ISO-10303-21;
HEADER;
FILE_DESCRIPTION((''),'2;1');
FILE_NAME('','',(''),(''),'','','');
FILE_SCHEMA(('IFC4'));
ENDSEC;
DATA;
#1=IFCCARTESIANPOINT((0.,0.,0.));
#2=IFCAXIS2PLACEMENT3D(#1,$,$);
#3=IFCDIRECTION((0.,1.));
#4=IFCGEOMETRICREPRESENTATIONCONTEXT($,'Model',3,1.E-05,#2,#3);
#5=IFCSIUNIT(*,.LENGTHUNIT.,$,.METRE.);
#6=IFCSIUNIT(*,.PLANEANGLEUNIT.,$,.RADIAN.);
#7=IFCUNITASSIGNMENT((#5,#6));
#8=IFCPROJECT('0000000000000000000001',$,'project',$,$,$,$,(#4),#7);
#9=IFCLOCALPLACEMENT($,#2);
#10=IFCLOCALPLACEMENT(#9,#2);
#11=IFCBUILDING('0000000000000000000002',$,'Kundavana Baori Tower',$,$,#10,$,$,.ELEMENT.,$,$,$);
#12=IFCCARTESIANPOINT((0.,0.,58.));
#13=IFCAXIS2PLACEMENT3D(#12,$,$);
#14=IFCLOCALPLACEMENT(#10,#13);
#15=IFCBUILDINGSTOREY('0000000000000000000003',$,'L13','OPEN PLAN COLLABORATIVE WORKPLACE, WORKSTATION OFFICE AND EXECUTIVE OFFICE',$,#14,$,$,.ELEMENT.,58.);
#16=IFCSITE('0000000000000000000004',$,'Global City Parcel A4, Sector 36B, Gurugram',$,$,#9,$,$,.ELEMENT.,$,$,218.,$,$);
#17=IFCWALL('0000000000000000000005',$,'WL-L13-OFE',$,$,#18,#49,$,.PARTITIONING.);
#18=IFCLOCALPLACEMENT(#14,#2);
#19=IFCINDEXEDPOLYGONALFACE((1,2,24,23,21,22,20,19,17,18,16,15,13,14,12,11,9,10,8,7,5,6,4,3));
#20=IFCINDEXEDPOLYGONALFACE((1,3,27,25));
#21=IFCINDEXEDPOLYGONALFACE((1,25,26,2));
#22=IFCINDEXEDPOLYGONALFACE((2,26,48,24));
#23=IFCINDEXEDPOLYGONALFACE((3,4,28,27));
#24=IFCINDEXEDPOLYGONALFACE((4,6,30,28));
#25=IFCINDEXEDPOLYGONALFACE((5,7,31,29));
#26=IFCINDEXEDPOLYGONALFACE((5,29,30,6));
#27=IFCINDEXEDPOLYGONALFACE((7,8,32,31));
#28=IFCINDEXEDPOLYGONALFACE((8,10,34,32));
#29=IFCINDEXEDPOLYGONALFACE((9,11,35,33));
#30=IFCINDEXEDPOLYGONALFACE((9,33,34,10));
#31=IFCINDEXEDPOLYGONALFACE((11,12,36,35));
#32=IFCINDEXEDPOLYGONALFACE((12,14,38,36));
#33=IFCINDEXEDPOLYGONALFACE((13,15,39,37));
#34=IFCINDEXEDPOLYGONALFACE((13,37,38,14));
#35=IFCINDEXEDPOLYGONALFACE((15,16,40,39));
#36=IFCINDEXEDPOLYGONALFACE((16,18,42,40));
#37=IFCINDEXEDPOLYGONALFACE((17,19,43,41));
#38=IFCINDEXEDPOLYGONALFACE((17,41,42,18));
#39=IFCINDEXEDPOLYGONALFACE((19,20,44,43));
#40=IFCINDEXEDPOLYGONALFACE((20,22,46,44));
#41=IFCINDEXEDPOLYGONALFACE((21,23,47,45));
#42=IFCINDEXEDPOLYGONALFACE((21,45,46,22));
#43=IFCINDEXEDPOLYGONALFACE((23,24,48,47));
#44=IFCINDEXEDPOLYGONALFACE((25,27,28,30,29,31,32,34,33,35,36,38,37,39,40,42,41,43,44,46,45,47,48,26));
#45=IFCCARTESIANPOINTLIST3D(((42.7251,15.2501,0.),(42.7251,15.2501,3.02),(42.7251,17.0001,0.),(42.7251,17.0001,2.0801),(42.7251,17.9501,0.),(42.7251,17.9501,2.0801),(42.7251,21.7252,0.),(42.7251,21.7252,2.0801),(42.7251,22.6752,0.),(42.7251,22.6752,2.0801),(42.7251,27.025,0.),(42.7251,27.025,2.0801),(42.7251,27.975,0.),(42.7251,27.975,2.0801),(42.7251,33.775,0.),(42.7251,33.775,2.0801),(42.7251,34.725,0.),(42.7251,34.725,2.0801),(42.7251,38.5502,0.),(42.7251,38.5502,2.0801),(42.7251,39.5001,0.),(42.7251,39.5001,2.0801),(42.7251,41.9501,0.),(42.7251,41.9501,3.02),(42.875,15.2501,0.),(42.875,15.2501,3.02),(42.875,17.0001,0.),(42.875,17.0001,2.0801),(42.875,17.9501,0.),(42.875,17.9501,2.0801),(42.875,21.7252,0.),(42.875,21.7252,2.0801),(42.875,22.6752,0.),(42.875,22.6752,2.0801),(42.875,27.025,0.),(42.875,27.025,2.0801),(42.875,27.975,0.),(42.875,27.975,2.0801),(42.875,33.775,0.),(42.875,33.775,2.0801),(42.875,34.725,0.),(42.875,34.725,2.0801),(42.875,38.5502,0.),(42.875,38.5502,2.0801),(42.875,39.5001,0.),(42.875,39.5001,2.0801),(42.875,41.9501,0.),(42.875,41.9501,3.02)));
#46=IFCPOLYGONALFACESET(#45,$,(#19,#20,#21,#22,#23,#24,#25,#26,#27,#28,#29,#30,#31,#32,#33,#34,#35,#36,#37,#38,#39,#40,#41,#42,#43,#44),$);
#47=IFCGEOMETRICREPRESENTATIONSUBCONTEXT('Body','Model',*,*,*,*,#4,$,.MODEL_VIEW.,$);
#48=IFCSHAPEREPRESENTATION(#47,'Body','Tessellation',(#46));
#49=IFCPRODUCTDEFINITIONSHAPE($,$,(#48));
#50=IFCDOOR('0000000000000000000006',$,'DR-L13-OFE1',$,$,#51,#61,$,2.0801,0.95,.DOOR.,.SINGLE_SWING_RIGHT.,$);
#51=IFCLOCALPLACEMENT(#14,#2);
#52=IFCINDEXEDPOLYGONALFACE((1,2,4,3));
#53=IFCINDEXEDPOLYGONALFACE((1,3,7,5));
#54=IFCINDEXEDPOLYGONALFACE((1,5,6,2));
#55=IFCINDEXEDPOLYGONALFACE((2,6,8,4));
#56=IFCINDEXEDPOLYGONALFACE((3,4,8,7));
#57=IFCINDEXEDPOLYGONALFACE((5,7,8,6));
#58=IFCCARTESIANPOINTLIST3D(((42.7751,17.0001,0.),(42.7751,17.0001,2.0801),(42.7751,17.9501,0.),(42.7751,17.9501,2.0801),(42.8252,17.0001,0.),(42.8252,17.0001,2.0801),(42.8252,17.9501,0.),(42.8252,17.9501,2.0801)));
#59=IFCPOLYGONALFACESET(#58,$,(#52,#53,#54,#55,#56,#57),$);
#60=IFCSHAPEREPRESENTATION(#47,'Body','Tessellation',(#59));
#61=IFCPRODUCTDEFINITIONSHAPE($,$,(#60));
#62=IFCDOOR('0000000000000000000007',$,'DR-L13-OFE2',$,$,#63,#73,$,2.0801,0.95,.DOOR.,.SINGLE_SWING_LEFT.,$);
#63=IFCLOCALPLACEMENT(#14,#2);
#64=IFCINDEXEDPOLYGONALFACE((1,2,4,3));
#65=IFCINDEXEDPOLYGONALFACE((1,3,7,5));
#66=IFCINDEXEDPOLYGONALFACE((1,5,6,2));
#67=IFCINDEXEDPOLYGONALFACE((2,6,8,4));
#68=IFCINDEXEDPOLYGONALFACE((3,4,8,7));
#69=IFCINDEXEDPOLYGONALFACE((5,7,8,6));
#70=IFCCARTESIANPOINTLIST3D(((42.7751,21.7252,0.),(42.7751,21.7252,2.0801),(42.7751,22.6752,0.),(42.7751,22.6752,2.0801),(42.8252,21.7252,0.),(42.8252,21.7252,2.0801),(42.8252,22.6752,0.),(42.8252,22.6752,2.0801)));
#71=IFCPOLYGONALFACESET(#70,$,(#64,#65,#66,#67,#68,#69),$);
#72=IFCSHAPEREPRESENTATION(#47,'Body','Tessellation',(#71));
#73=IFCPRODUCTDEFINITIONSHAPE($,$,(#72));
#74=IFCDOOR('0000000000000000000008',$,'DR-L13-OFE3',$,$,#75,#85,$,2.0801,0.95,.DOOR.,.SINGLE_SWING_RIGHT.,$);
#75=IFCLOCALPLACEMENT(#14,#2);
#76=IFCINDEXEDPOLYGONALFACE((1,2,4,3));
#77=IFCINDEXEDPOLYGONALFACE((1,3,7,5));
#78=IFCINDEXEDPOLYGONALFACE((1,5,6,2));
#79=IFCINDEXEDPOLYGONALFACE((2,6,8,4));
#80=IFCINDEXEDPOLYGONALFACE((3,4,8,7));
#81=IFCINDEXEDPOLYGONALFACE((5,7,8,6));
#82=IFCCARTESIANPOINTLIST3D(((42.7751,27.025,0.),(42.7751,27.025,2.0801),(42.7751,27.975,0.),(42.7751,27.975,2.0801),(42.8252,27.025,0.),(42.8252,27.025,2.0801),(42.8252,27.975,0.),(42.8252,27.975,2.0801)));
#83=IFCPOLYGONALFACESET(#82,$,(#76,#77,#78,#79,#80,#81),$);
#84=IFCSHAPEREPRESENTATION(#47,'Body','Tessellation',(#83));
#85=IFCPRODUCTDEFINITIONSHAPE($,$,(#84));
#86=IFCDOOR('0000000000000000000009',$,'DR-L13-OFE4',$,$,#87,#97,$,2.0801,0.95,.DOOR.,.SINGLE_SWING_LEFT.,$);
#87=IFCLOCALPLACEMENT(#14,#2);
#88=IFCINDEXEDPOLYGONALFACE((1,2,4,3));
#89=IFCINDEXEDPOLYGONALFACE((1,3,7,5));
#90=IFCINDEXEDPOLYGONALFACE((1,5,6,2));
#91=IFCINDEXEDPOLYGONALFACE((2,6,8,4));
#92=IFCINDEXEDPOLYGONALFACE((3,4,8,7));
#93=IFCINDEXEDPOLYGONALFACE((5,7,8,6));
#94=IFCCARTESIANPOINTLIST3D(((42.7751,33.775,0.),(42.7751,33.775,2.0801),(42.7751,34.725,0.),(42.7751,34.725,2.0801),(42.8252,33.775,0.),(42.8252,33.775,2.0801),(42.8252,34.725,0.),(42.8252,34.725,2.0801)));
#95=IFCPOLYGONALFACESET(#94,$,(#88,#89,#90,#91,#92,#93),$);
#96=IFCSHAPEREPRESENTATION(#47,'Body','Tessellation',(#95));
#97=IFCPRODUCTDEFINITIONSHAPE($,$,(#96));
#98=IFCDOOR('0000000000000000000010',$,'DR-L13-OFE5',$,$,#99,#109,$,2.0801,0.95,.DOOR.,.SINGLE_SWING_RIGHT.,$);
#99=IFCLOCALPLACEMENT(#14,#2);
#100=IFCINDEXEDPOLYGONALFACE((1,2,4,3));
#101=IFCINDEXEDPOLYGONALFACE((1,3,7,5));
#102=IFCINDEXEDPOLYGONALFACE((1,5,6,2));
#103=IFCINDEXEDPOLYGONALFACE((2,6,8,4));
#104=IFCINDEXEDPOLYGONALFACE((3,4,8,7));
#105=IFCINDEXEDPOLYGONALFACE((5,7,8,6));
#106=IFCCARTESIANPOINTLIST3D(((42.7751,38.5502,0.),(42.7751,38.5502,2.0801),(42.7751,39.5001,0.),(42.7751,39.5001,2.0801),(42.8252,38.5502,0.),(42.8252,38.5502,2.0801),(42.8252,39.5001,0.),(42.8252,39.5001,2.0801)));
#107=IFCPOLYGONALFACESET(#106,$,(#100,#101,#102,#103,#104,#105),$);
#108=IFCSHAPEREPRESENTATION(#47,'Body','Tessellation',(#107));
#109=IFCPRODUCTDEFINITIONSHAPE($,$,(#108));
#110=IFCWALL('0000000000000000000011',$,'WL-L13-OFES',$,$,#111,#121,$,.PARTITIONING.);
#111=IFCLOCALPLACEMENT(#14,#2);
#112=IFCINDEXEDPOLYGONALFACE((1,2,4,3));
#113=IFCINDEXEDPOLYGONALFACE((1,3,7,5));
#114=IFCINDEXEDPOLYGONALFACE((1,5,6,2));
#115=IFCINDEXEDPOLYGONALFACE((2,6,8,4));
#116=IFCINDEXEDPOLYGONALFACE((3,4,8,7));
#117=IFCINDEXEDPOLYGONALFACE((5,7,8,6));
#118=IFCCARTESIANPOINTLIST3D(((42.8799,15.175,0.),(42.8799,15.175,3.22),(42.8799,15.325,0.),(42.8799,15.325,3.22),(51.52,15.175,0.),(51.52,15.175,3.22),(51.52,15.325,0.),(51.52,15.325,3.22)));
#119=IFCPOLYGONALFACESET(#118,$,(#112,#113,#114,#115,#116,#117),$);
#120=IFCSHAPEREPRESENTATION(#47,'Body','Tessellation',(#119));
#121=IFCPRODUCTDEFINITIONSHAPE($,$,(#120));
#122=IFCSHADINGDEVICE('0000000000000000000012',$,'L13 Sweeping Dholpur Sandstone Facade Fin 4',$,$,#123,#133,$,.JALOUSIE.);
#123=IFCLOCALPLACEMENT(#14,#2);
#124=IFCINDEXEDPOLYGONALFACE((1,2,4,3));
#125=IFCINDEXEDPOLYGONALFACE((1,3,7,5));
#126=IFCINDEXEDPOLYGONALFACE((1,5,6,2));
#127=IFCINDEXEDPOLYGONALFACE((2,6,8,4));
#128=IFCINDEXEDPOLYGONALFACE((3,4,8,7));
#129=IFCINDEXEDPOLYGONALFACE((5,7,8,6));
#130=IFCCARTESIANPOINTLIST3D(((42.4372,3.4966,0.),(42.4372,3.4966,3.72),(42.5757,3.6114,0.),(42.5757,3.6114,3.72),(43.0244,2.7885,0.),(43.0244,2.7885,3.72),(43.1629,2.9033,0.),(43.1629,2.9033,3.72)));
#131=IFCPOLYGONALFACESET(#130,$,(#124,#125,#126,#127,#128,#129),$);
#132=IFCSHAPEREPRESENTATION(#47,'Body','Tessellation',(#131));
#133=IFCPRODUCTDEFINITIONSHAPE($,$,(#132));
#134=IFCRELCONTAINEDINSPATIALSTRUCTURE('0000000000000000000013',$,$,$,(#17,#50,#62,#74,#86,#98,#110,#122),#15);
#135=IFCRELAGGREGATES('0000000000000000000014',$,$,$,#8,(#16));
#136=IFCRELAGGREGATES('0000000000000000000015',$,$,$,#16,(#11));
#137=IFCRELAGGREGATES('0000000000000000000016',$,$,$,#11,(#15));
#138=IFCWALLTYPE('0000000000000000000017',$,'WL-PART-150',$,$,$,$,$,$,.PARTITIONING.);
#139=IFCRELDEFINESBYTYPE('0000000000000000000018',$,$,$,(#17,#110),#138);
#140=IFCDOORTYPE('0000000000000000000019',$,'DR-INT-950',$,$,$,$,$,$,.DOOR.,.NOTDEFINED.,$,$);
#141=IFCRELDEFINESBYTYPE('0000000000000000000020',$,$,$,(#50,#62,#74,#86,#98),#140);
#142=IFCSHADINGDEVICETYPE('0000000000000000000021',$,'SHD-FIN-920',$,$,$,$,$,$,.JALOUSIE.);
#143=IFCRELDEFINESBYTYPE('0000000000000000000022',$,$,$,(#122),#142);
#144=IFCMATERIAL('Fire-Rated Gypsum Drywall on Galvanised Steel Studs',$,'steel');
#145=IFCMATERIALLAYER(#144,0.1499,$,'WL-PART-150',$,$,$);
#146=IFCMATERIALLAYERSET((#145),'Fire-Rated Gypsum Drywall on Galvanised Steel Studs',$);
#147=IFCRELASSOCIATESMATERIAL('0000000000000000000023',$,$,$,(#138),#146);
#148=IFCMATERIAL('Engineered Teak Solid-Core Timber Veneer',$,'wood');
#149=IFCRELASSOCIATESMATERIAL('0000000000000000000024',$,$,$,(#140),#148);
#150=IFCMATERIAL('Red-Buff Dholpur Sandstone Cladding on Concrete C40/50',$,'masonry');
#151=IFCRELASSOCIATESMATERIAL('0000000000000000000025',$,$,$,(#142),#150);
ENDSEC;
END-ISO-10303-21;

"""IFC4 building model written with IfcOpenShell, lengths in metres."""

from ifc_helpers import new_model, si_unit, direction, frame, frame_2d, origin, origin_2d, place, context, subcontext, project, spatial, rectangle, extrude, material, layer, layer_set, type_object, element, fill, save


model = new_model("IFC4")

# Units and contexts
model_context = context("Model", 3, precision=1e-05, world=origin(), true_north=direction((0.0, 1.0)))
body_context = subcontext(model_context, "Body", "Model", "MODEL_VIEW")
ifc_project = project(units=[si_unit("LENGTHUNIT", "METRE"), si_unit("PLANEANGLEUNIT", "RADIAN")], contexts=[model_context])

# Site, building, storey
site_placement = place(None, origin())
site = spatial("IfcSite", under=ifc_project, at=site_placement, Name="Global City Parcel A4, Sector 36B, Gurugram", CompositionType="ELEMENT", RefElevation=218.0)
building_placement = place(site_placement, origin())
building = spatial("IfcBuilding", under=site, at=building_placement, Name="Kundavana Baori Tower", CompositionType="ELEMENT")
storey_placement = place(building_placement, frame((0.0, 0.0, 58.0)))
storey = spatial("IfcBuildingStorey", under=building, at=storey_placement, Name="L13", Description="OPEN PLAN COLLABORATIVE WORKPLACE, WORKSTATION OFFICE AND EXECUTIVE OFFICE", CompositionType="ELEMENT", Elevation=58.0)

# Shared definitions
ifc_material_1 = material(Name="Fire-Rated Gypsum Drywall on Galvanised Steel Studs", Category="steel")
ifc_layer_1 = layer(ifc_material_1, 0.1499, Name="WL-PART-150")
ifc_layer_set_1 = layer_set([ifc_layer_1], Name="Fire-Rated Gypsum Drywall on Galvanised Steel Studs")
wall_type_1 = type_object("IfcWallType", Name="WL-PART-150", PredefinedType="PARTITIONING", material=ifc_layer_set_1)

# Wall, openings, doors
wall_1_placement = place(storey_placement, frame((42.8, 15.25, 0.0), z_axis=(0.0, 0.0, 1.0), x_axis=(0.0, 1.0, 0.0)))
wall_1 = element("IfcWall", 1, at=wall_1_placement, inside=storey, type_object=wall_type_1, Name="WL-L13-OFE", PredefinedType="PARTITIONING", context=body_context, shape_type="SweptSolid", body=[
    extrude(rectangle(XDim=26.7, YDim=0.1499, at=frame_2d((13.3501, 0.0))), origin(), (0.0, 0.0, 1.0), 3.02),
])
opening_1_placement = place(wall_1_placement, frame((1.75, 0.0, 0.0)))
opening_1 = element("IfcOpeningElement", 2, at=opening_1_placement, cuts=wall_1, PredefinedType="OPENING", context=body_context, shape_type="SweptSolid", body=[
    extrude(rectangle(XDim=0.95, YDim=2.0801, at=frame_2d((0.4751, 1.04))), frame((0.0, 0.085, 0.0), z_axis=(0.0, -1.0, 0.0), x_axis=(1.0, 0.0, 0.0)), (0.0, 0.0, 1.0), 0.1699),
])
opening_2_placement = place(wall_1_placement, frame((6.4751, 0.0, 0.0)))
opening_2 = element("IfcOpeningElement", 3, at=opening_2_placement, cuts=wall_1, PredefinedType="OPENING", context=body_context, shape_type="SweptSolid", body=[
    extrude(rectangle(XDim=0.95, YDim=2.0801, at=frame_2d((0.4751, 1.04))), frame((0.0, 0.085, 0.0), z_axis=(0.0, -1.0, 0.0), x_axis=(1.0, 0.0, 0.0)), (0.0, 0.0, 1.0), 0.1699),
])
opening_3_placement = place(wall_1_placement, frame((11.7749, 0.0, 0.0)))
opening_3 = element("IfcOpeningElement", 4, at=opening_3_placement, cuts=wall_1, PredefinedType="OPENING", context=body_context, shape_type="SweptSolid", body=[
    extrude(rectangle(XDim=0.95, YDim=2.0801, at=frame_2d((0.4751, 1.04))), frame((0.0, 0.085, 0.0), z_axis=(0.0, -1.0, 0.0), x_axis=(1.0, 0.0, 0.0)), (0.0, 0.0, 1.0), 0.1699),
])
opening_4_placement = place(wall_1_placement, frame((18.5249, 0.0, 0.0)))
opening_4 = element("IfcOpeningElement", 5, at=opening_4_placement, cuts=wall_1, PredefinedType="OPENING", context=body_context, shape_type="SweptSolid", body=[
    extrude(rectangle(XDim=0.95, YDim=2.0801, at=frame_2d((0.4751, 1.04))), frame((0.0, 0.085, 0.0), z_axis=(0.0, -1.0, 0.0), x_axis=(1.0, 0.0, 0.0)), (0.0, 0.0, 1.0), 0.1699),
])
opening_5_placement = place(wall_1_placement, frame((23.3, 0.0, 0.0)))
opening_5 = element("IfcOpeningElement", 6, at=opening_5_placement, cuts=wall_1, PredefinedType="OPENING", context=body_context, shape_type="SweptSolid", body=[
    extrude(rectangle(XDim=0.95, YDim=2.0801, at=frame_2d((0.4751, 1.04))), frame((0.0, 0.085, 0.0), z_axis=(0.0, -1.0, 0.0), x_axis=(1.0, 0.0, 0.0)), (0.0, 0.0, 1.0), 0.1699),
])
ifc_material_2 = material(Name="Engineered Teak Solid-Core Timber Veneer", Category="wood")
door_type_1 = type_object("IfcDoorType", Name="DR-INT-950", OperationType="NOTDEFINED", PredefinedType="DOOR", material=ifc_material_2)
door_1_placement = place(opening_1_placement, origin())
door_1 = element("IfcDoor", 7, at=door_1_placement, inside=storey, type_object=door_type_1, Name="DR-L13-OFE1", OperationType="SINGLE_SWING_RIGHT", OverallHeight=2.0801, OverallWidth=0.95, PredefinedType="DOOR", context=body_context, shape_type="SweptSolid", body=[
    extrude(rectangle(XDim=0.95, YDim=2.0801, at=frame_2d((0.4751, 1.04))), frame((0.0, 0.0249, 0.0), z_axis=(0.0, -1.0, 0.0), x_axis=(1.0, 0.0, 0.0)), (0.0, 0.0, 1.0), 0.05),
])
fill(opening_1, door_1)
door_2_placement = place(opening_2_placement, origin())
door_2 = element("IfcDoor", 8, at=door_2_placement, inside=storey, type_object=door_type_1, Name="DR-L13-OFE2", OperationType="SINGLE_SWING_LEFT", OverallHeight=2.0801, OverallWidth=0.95, PredefinedType="DOOR", context=body_context, shape_type="SweptSolid", body=[
    extrude(rectangle(XDim=0.95, YDim=2.0801, at=frame_2d((0.4751, 1.04))), frame((0.0, 0.0249, 0.0), z_axis=(0.0, -1.0, 0.0), x_axis=(1.0, 0.0, 0.0)), (0.0, 0.0, 1.0), 0.05),
])
fill(opening_2, door_2)
door_3_placement = place(opening_3_placement, origin())
door_3 = element("IfcDoor", 9, at=door_3_placement, inside=storey, type_object=door_type_1, Name="DR-L13-OFE3", OperationType="SINGLE_SWING_RIGHT", OverallHeight=2.0801, OverallWidth=0.95, PredefinedType="DOOR", context=body_context, shape_type="SweptSolid", body=[
    extrude(rectangle(XDim=0.95, YDim=2.0801, at=frame_2d((0.4751, 1.04))), frame((0.0, 0.0249, 0.0), z_axis=(0.0, -1.0, 0.0), x_axis=(1.0, 0.0, 0.0)), (0.0, 0.0, 1.0), 0.05),
])
fill(opening_3, door_3)
door_4_placement = place(opening_4_placement, origin())
door_4 = element("IfcDoor", 10, at=door_4_placement, inside=storey, type_object=door_type_1, Name="DR-L13-OFE4", OperationType="SINGLE_SWING_LEFT", OverallHeight=2.0801, OverallWidth=0.95, PredefinedType="DOOR", context=body_context, shape_type="SweptSolid", body=[
    extrude(rectangle(XDim=0.95, YDim=2.0801, at=frame_2d((0.4751, 1.04))), frame((0.0, 0.0249, 0.0), z_axis=(0.0, -1.0, 0.0), x_axis=(1.0, 0.0, 0.0)), (0.0, 0.0, 1.0), 0.05),
])
fill(opening_4, door_4)
door_5_placement = place(opening_5_placement, origin())
door_5 = element("IfcDoor", 11, at=door_5_placement, inside=storey, type_object=door_type_1, Name="DR-L13-OFE5", OperationType="SINGLE_SWING_RIGHT", OverallHeight=2.0801, OverallWidth=0.95, PredefinedType="DOOR", context=body_context, shape_type="SweptSolid", body=[
    extrude(rectangle(XDim=0.95, YDim=2.0801, at=frame_2d((0.4751, 1.04))), frame((0.0, 0.0249, 0.0), z_axis=(0.0, -1.0, 0.0), x_axis=(1.0, 0.0, 0.0)), (0.0, 0.0, 1.0), 0.05),
])
fill(opening_5, door_5)

# Wall
wall_2_placement = place(storey_placement, frame((42.8799, 15.25, 0.0), z_axis=(0.0, 0.0, 1.0), x_axis=(1.0, 0.0, 0.0)))
element("IfcWall", 12, at=wall_2_placement, inside=storey, type_object=wall_type_1, Name="WL-L13-OFES", PredefinedType="PARTITIONING", context=body_context, shape_type="SweptSolid", body=[
    extrude(rectangle(XDim=8.6401, YDim=0.1499, at=frame_2d((4.3201, 0.0))), origin(), (0.0, 0.0, 1.0), 3.22),
])

# Shading device
ifc_material_3 = material(Name="Red-Buff Dholpur Sandstone Cladding on Concrete C40/50", Category="masonry")
shading_device_type = type_object("IfcShadingDeviceType", Name="SHD-FIN-920", PredefinedType="JALOUSIE", material=ifc_material_3)
shading_device_placement = place(storey_placement, frame((42.8, 3.2, 0.0), z_axis=(0.0, 0.0, 1.0), x_axis=(0.769734, 0.638365, 0.0)))
element("IfcShadingDevice", 13, at=shading_device_placement, inside=storey, type_object=shading_device_type, Name="L13 Sweeping Dholpur Sandstone Facade Fin 4", PredefinedType="JALOUSIE", context=body_context, shape_type="SweptSolid", body=[
    extrude(rectangle(XDim=0.1799, YDim=0.9199, at=origin_2d()), origin(), (0.0, 0.0, 1.0), 3.72),
])

save(model, "model.ifc")
